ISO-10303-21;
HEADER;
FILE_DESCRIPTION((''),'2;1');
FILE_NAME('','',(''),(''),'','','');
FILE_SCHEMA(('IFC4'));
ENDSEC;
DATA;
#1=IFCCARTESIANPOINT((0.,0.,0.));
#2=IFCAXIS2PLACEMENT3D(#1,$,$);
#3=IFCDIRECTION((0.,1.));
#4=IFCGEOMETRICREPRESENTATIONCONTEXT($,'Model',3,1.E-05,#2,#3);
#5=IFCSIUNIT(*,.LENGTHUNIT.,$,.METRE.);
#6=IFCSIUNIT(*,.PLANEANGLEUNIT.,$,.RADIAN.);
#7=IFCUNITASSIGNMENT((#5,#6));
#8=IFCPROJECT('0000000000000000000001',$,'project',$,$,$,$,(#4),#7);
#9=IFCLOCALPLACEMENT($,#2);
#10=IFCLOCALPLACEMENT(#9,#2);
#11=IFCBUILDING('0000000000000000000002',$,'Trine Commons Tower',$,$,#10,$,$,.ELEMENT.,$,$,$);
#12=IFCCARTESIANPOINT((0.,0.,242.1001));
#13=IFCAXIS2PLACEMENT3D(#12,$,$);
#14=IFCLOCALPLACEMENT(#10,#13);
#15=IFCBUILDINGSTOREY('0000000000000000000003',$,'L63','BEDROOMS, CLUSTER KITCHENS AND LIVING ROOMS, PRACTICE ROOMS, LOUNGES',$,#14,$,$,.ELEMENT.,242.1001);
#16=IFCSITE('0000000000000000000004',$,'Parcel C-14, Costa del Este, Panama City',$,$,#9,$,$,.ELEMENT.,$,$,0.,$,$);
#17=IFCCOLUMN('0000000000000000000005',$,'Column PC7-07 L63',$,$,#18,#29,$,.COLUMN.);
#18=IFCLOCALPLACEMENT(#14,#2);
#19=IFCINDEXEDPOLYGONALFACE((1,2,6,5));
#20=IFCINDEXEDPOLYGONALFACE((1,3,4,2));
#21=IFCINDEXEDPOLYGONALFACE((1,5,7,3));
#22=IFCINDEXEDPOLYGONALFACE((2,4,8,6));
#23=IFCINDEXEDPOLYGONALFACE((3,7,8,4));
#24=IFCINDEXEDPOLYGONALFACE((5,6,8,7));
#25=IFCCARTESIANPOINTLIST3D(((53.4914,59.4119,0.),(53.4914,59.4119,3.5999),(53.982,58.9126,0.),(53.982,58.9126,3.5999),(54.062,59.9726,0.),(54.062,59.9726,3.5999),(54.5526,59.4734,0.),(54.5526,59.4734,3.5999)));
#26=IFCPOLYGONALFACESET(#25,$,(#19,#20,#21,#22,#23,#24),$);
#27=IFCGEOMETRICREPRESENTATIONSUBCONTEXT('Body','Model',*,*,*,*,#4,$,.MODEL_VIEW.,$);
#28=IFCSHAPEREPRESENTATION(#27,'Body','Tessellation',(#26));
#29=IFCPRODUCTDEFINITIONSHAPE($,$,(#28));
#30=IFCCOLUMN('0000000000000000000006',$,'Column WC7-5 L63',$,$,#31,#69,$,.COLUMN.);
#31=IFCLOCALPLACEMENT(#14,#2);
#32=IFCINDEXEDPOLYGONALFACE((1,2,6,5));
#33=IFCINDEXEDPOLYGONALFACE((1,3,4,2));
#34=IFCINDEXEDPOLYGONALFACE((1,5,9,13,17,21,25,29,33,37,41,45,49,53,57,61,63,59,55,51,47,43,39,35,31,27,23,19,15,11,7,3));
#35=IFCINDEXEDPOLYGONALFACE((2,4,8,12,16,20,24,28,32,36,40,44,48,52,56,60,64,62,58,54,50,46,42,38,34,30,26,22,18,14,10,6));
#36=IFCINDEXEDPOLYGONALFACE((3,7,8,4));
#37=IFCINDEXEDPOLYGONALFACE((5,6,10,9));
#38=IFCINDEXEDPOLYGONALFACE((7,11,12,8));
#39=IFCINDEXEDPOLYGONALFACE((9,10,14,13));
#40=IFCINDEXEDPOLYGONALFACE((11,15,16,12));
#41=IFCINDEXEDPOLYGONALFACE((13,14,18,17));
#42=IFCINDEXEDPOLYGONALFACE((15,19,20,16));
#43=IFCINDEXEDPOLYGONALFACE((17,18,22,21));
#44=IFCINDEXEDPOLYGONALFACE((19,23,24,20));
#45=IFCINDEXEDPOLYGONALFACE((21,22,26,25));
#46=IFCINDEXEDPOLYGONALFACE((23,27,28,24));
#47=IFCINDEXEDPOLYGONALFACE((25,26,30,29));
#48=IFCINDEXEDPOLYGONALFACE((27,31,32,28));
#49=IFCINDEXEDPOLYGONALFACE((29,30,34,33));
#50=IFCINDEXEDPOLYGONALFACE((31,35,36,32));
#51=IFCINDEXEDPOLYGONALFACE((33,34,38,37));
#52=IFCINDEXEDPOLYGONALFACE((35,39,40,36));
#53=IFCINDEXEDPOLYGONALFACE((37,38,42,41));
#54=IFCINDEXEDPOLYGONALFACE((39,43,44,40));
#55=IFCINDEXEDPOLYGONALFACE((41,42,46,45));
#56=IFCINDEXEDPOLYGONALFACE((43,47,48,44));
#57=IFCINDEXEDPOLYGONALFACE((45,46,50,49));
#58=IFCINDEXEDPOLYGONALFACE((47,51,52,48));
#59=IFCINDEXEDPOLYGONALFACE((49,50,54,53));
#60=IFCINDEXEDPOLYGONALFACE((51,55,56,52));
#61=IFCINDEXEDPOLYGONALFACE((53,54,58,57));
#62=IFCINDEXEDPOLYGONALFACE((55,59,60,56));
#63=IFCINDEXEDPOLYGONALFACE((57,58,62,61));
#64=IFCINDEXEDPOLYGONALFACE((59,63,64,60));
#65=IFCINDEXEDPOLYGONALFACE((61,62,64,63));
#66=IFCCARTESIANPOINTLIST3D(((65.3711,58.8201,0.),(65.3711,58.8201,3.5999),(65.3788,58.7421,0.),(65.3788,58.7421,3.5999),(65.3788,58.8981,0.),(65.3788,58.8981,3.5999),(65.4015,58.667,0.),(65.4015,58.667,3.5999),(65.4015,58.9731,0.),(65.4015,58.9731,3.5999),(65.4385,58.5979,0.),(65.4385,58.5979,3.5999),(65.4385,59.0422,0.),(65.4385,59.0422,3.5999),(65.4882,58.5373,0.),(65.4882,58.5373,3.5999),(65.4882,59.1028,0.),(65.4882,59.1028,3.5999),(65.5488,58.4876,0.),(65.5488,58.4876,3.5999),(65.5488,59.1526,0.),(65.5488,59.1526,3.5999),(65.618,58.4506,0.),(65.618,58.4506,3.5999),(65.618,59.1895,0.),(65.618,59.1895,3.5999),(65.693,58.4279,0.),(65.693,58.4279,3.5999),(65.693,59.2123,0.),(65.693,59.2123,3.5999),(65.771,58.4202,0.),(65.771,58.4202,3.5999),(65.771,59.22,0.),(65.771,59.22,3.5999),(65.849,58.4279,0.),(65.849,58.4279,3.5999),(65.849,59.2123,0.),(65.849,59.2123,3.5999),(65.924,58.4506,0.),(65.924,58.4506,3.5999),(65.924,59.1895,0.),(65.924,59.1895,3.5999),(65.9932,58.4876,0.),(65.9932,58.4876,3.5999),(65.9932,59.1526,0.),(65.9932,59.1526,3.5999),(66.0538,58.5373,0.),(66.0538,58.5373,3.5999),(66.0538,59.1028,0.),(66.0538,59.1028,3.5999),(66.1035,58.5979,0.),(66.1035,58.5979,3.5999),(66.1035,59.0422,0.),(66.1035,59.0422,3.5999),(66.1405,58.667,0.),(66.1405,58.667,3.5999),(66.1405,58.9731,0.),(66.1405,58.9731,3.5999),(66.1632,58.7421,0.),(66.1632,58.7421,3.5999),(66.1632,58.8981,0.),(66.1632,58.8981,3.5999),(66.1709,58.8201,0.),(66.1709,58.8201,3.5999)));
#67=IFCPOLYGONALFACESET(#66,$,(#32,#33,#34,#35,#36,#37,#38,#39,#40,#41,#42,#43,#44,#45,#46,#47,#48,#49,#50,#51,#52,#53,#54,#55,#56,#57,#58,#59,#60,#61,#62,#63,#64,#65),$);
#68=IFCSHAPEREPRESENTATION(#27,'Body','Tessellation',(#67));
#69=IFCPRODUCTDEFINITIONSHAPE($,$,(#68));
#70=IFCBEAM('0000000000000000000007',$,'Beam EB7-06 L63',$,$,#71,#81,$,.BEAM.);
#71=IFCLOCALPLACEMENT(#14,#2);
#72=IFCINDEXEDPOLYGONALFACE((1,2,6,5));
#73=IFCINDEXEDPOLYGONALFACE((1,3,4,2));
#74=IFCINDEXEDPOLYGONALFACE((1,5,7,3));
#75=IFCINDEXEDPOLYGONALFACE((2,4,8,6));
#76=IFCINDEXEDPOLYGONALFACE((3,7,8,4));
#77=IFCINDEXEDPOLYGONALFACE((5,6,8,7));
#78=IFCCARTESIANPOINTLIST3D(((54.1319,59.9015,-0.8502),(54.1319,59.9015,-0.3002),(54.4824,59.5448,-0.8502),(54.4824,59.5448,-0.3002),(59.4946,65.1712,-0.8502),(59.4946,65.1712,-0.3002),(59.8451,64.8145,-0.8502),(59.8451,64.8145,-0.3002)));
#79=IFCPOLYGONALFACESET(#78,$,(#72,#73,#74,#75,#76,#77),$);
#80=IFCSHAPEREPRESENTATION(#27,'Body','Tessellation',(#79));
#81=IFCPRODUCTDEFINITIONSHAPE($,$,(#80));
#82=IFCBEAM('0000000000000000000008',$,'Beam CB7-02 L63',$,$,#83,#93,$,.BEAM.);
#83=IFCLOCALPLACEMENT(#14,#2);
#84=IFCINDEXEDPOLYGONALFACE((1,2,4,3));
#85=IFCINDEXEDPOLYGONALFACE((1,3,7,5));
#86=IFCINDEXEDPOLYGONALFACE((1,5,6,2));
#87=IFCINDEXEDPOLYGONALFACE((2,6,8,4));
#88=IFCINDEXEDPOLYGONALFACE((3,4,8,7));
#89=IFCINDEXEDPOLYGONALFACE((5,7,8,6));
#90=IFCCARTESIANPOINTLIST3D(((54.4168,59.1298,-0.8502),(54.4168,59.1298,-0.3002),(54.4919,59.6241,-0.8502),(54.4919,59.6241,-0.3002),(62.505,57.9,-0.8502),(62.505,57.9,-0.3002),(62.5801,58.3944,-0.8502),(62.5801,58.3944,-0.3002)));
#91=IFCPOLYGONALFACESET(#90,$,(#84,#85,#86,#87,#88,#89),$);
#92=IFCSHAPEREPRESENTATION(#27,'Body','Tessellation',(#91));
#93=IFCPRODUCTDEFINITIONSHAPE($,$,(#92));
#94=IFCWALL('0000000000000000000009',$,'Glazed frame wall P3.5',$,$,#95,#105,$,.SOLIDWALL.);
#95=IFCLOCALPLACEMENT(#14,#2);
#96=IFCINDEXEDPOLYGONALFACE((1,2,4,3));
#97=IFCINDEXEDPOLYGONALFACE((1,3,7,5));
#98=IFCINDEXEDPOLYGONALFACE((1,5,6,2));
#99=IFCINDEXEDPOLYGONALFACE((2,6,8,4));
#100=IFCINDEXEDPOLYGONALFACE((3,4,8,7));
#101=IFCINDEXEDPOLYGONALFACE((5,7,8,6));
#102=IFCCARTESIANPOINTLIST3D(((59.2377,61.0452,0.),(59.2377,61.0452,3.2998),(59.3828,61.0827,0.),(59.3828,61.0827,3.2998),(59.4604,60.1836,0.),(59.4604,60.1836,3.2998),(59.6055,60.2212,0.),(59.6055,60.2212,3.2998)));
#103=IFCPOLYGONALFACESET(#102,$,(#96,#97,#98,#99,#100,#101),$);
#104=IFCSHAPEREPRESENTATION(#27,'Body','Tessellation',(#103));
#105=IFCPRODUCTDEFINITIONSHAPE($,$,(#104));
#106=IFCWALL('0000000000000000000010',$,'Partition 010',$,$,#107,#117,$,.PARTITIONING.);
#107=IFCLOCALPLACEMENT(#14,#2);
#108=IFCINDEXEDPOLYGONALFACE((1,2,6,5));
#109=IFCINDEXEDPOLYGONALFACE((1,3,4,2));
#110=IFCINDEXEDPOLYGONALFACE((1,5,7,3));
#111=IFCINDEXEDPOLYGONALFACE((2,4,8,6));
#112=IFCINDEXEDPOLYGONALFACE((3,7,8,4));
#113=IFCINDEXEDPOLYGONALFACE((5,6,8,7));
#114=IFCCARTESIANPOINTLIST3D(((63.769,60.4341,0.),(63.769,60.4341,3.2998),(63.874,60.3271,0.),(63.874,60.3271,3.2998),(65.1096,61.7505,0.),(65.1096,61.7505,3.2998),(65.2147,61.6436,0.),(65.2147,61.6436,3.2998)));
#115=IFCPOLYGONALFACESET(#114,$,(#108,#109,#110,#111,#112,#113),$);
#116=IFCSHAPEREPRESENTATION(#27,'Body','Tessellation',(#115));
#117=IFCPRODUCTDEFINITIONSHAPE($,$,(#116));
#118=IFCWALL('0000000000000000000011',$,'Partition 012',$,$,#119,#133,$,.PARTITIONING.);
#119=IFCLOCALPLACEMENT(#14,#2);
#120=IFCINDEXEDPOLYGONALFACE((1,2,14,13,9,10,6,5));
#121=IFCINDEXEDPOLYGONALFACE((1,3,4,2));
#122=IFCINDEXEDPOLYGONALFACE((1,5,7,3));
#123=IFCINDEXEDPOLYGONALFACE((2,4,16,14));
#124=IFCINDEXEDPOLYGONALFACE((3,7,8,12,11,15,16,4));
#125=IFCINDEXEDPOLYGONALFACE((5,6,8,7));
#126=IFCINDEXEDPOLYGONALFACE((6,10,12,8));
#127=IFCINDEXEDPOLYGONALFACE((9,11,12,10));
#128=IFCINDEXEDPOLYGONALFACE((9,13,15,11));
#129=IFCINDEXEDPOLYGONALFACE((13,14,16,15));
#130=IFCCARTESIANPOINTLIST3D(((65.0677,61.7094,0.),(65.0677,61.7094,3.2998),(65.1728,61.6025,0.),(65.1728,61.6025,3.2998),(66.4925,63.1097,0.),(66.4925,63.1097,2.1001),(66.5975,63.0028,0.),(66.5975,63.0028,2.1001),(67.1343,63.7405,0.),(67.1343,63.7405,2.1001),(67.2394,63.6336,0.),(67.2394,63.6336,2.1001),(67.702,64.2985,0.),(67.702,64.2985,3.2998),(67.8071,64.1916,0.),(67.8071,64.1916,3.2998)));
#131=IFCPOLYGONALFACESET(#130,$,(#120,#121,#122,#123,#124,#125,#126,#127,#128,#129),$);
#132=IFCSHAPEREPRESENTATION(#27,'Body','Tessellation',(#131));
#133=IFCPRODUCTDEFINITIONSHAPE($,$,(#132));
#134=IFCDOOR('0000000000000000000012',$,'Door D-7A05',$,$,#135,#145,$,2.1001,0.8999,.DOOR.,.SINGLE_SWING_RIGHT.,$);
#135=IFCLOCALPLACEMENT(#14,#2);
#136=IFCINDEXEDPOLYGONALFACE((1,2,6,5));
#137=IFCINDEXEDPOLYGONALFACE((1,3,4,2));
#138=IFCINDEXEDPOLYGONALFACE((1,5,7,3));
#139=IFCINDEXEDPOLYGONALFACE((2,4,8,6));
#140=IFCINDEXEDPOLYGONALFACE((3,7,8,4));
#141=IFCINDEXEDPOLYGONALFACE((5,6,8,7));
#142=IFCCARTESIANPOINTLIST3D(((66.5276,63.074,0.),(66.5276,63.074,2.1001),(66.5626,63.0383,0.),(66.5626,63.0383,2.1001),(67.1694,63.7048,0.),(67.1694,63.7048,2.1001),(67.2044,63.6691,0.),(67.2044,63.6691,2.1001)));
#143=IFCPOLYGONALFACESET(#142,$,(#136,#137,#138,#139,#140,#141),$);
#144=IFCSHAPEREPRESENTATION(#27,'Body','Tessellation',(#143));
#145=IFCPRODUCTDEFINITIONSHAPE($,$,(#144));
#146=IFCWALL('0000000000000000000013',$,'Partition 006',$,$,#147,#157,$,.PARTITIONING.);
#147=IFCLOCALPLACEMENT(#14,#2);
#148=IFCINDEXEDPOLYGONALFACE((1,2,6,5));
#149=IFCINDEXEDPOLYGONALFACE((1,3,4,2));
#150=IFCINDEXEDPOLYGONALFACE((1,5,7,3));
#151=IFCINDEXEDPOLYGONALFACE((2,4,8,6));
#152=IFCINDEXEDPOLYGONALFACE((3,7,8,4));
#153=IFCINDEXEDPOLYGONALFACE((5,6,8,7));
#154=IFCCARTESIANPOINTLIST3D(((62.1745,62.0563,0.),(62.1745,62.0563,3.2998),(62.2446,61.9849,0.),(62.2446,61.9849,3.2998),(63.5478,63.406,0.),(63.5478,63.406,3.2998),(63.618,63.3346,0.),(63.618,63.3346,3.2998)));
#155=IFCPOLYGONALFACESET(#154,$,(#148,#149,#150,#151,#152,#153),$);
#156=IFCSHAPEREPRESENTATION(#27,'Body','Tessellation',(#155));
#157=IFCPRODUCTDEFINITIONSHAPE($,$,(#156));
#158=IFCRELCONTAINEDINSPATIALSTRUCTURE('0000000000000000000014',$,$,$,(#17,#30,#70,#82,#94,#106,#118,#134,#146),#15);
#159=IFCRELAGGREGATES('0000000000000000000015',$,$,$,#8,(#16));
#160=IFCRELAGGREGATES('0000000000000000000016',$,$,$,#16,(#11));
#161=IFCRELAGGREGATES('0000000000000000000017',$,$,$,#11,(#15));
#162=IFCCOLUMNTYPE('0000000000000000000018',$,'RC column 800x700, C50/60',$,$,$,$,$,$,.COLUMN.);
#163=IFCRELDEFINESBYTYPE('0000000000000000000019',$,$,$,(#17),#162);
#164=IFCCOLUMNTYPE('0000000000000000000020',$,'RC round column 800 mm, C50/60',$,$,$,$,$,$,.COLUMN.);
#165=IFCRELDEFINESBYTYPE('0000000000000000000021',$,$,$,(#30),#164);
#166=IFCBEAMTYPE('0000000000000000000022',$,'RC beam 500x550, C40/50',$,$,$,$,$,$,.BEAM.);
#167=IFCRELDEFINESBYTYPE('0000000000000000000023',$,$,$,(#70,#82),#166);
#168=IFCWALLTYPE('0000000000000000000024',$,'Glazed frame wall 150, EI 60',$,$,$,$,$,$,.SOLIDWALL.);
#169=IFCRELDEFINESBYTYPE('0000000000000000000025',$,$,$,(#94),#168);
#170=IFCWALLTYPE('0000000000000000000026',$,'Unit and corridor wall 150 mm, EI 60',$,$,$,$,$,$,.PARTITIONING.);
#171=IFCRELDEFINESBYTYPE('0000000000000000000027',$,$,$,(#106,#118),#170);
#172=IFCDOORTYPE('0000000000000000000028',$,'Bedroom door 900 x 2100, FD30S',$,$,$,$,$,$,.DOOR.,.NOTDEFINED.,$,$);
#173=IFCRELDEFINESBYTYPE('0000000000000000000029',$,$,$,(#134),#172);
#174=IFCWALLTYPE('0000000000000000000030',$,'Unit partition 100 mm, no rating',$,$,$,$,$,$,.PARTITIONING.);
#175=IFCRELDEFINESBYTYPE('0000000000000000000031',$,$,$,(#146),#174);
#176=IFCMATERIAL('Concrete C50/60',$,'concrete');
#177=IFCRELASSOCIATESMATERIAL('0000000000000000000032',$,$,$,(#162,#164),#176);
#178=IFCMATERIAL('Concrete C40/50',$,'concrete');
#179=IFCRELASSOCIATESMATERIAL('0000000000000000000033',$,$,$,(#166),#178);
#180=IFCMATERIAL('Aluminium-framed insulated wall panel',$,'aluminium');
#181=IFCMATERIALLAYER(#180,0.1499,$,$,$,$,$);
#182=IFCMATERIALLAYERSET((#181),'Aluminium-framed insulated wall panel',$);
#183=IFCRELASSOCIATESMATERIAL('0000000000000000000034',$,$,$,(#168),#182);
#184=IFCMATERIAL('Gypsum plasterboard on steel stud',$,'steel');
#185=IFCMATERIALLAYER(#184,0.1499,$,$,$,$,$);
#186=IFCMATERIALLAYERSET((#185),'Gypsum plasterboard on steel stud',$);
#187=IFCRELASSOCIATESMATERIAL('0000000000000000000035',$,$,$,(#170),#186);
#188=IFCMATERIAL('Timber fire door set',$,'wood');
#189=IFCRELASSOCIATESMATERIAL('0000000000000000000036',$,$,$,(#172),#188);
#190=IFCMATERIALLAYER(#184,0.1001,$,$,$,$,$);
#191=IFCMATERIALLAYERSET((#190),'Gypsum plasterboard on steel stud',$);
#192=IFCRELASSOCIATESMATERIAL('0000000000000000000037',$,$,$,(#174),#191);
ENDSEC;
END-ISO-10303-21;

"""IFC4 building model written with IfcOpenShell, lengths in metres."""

from ifc_helpers import new_model, si_unit, direction, frame, frame_2d, origin, origin_2d, place, context, subcontext, project, spatial, polyline, rectangle, circle, outline, extrude, material, layer, layer_set, material_profile, profile_set, type_object, element, fill, save


model = new_model("IFC4")

# Units and contexts
model_context = context("Model", 3, precision=1e-05, world=origin(), true_north=direction((0.0, 1.0)))
body_context = subcontext(model_context, "Body", "Model", "MODEL_VIEW")
ifc_project = project(units=[si_unit("LENGTHUNIT", "METRE"), si_unit("PLANEANGLEUNIT", "RADIAN")], contexts=[model_context])

# Site, building, storey
site_placement = place(None, origin())
site = spatial("IfcSite", under=ifc_project, at=site_placement, Name="Parcel C-14, Costa del Este, Panama City", CompositionType="ELEMENT", RefElevation=0.0)
building_placement = place(site_placement, origin())
building = spatial("IfcBuilding", under=site, at=building_placement, Name="Trine Commons Tower", CompositionType="ELEMENT")
storey_placement = place(building_placement, frame((0.0, 0.0, 242.1001)))
storey = spatial("IfcBuildingStorey", under=building, at=storey_placement, Name="L63", Description="BEDROOMS, CLUSTER KITCHENS AND LIVING ROOMS, PRACTICE ROOMS, LOUNGES", CompositionType="ELEMENT", Elevation=242.1001)

# Columns
ifc_material_1 = material(Name="Concrete C50/60", Category="concrete")
ifc_material_profile_1 = material_profile(ifc_material_1, rectangle(XDim=0.8, YDim=0.7, at=origin_2d()), Name="RC 800x700")
ifc_profile_set_1 = profile_set([ifc_material_profile_1], Name="Concrete C50/60")
column_type_1 = type_object("IfcColumnType", Name="RC column 800x700, C50/60", PredefinedType="COLUMN", material=ifc_profile_set_1)
column_1_placement = place(storey_placement, frame((54.022, 59.4426, 0.0), z_axis=(0.0, 0.0, 1.0), x_axis=(0.71325, 0.700909, 0.0)))
element("IfcColumn", 1, at=column_1_placement, inside=storey, type_object=column_type_1, Name="Column PC7-07 L63", PredefinedType="COLUMN", context=body_context, shape_type="SweptSolid", body=[
    extrude(rectangle(XDim=0.8, YDim=0.7, at=origin_2d()), origin(), (0.0, 0.0, 1.0), 3.5999),
])
ifc_material_profile_2 = material_profile(ifc_material_1, circle(Radius=0.3999, at=origin_2d()), Name="RC round 800")
ifc_profile_set_2 = profile_set([ifc_material_profile_2], Name="Concrete C50/60")
column_type_2 = type_object("IfcColumnType", Name="RC round column 800 mm, C50/60", PredefinedType="COLUMN", material=ifc_profile_set_2)
column_2_placement = place(storey_placement, frame((65.771, 58.8201, 0.0), z_axis=(0.0, 0.0, 1.0), x_axis=(1.0, 0.0, 0.0)))
element("IfcColumn", 2, at=column_2_placement, inside=storey, type_object=column_type_2, Name="Column WC7-5 L63", PredefinedType="COLUMN", context=body_context, shape_type="SweptSolid", body=[
    extrude(circle(Radius=0.3999, at=origin_2d()), origin(), (0.0, 0.0, 1.0), 3.5999),
])

# Beams
ifc_material_2 = material(Name="Concrete C40/50", Category="concrete")
ifc_material_profile_3 = material_profile(ifc_material_2, rectangle(XDim=0.5, YDim=0.55, at=origin_2d()), Name="RC 500x550")
ifc_profile_set_3 = profile_set([ifc_material_profile_3], Name="Concrete C40/50")
beam_type = type_object("IfcBeamType", Name="RC beam 500x550, C40/50", PredefinedType="BEAM", material=ifc_profile_set_3)
beam_1_placement = place(storey_placement, frame((54.3071, 59.7231, -0.5752), z_axis=(0.713266, 0.700894, 0.0), x_axis=(-0.700894, 0.713266, 0.0)))
element("IfcBeam", 3, at=beam_1_placement, inside=storey, type_object=beam_type, Name="Beam EB7-06 L63", PredefinedType="BEAM", context=body_context, shape_type="SweptSolid", body=[
    extrude(rectangle(XDim=0.5, YDim=0.55, at=origin_2d()), origin(), (0.0, 0.0, 1.0), 7.5186),
])
beam_2_placement = place(storey_placement, frame((54.4543, 59.377, -0.5752), z_axis=(0.988638, -0.150315, 0.0), x_axis=(0.150315, 0.988638, 0.0)))
element("IfcBeam", 4, at=beam_2_placement, inside=storey, type_object=beam_type, Name="Beam CB7-02 L63", PredefinedType="BEAM", context=body_context, shape_type="SweptSolid", body=[
    extrude(rectangle(XDim=0.5, YDim=0.55, at=origin_2d()), origin(), (0.0, 0.0, 1.0), 8.1812),
])

# Shared definitions
ifc_material_3 = material(Name="Aluminium-framed insulated wall panel", Category="aluminium")
ifc_layer_1 = layer(ifc_material_3, 0.1499)
ifc_layer_set_1 = layer_set([ifc_layer_1], Name="Aluminium-framed insulated wall panel")
wall_type_1 = type_object("IfcWallType", Name="Glazed frame wall 150, EI 60", PredefinedType="SOLIDWALL", material=ifc_layer_set_1)

# Walls
wall_1_placement = place(storey_placement, frame((59.533, 60.2024, 0.0), z_axis=(0.0, 0.0, 1.0), x_axis=(-0.250284, 0.968172, 0.0)))
element("IfcWall", 5, at=wall_1_placement, inside=storey, type_object=wall_type_1, Name="Glazed frame wall P3.5", PredefinedType="SOLIDWALL", context=body_context, shape_type="SweptSolid", body=[
    extrude(outline(polyline([(0.8899, 0.075), (0.0, 0.075), (0.0, -0.075), (0.8899, -0.075), (0.8899, 0.075)])), origin(), (0.0, 0.0, 1.0), 3.2998),
])
ifc_material_4 = material(Name="Gypsum plasterboard on steel stud", Category="steel")
ifc_layer_2 = layer(ifc_material_4, 0.1499)
ifc_layer_set_2 = layer_set([ifc_layer_2], Name="Gypsum plasterboard on steel stud")
wall_type_2 = type_object("IfcWallType", Name="Unit and corridor wall 150 mm, EI 60", PredefinedType="PARTITIONING", material=ifc_layer_set_2)
wall_2_placement = place(storey_placement, frame((63.8215, 60.3806, 0.0), z_axis=(0.0, 0.0, 1.0), x_axis=(0.71351, 0.700645, 0.0)))
element("IfcWall", 6, at=wall_2_placement, inside=storey, type_object=wall_type_2, Name="Partition 010", PredefinedType="PARTITIONING", context=body_context, shape_type="SweptSolid", body=[
    extrude(rectangle(XDim=1.8789, YDim=0.1499, at=frame_2d((0.9395, 0.0))), origin(), (0.0, 0.0, 1.0), 3.2998),
])

# Wall, opening, door
wall_3_placement = place(storey_placement, frame((65.1204, 61.656, 0.0), z_axis=(0.0, 0.0, 1.0), x_axis=(0.713194, 0.700966, 0.0)))
wall_3 = element("IfcWall", 7, at=wall_3_placement, inside=storey, type_object=wall_type_2, Name="Partition 012", PredefinedType="PARTITIONING", context=body_context, shape_type="SweptSolid", body=[
    extrude(rectangle(XDim=3.6936, YDim=0.1499, at=frame_2d((1.8467, 0.0))), origin(), (0.0, 0.0, 1.0), 3.2998),
])
opening_1_placement = place(wall_3_placement, frame((1.9976, 0.0, 0.0)))
opening_1 = element("IfcOpeningElement", 8, at=opening_1_placement, cuts=wall_3, PredefinedType="OPENING", context=body_context, shape_type="SweptSolid", body=[
    extrude(rectangle(XDim=0.8999, YDim=2.1001, at=frame_2d((0.45, 1.05))), frame((0.0, 0.085, 0.0), z_axis=(0.0, -1.0, 0.0), x_axis=(1.0, 0.0, 0.0)), (0.0, 0.0, 1.0), 0.1699),
])
ifc_material_5 = material(Name="Timber fire door set", Category="wood")
door_type_1 = type_object("IfcDoorType", Name="Bedroom door 900 x 2100, FD30S", OperationType="NOTDEFINED", PredefinedType="DOOR", material=ifc_material_5)
door_1_placement = place(opening_1_placement, origin())
door_1 = element("IfcDoor", 9, at=door_1_placement, inside=storey, type_object=door_type_1, Name="Door D-7A05", OperationType="SINGLE_SWING_RIGHT", OverallHeight=2.1001, OverallWidth=0.8999, PredefinedType="DOOR", context=body_context, shape_type="SweptSolid", body=[
    extrude(rectangle(XDim=0.8999, YDim=2.1001, at=frame_2d((0.45, 1.05))), frame((0.0, 0.0249, 0.0), z_axis=(0.0, -1.0, 0.0), x_axis=(1.0, 0.0, 0.0)), (0.0, 0.0, 1.0), 0.05),
])
fill(opening_1, door_1)

# Wall
ifc_layer_3 = layer(ifc_material_4, 0.1001)
ifc_layer_set_3 = layer_set([ifc_layer_3], Name="Gypsum plasterboard on steel stud")
wall_type_3 = type_object("IfcWallType", Name="Unit partition 100 mm, no rating", PredefinedType="PARTITIONING", material=ifc_layer_set_3)
wall_4_placement = place(storey_placement, frame((62.2095, 62.0205, 0.0), z_axis=(0.0, 0.0, 1.0), x_axis=(0.71323, 0.70093, 0.0)))
element("IfcWall", 10, at=wall_4_placement, inside=storey, type_object=wall_type_3, Name="Partition 006", PredefinedType="PARTITIONING", context=body_context, shape_type="SweptSolid", body=[
    extrude(rectangle(XDim=1.9255, YDim=0.1001, at=frame_2d((0.9629, 0.0))), origin(), (0.0, 0.0, 1.0), 3.2998),
])

save(model, "model.ifc")
